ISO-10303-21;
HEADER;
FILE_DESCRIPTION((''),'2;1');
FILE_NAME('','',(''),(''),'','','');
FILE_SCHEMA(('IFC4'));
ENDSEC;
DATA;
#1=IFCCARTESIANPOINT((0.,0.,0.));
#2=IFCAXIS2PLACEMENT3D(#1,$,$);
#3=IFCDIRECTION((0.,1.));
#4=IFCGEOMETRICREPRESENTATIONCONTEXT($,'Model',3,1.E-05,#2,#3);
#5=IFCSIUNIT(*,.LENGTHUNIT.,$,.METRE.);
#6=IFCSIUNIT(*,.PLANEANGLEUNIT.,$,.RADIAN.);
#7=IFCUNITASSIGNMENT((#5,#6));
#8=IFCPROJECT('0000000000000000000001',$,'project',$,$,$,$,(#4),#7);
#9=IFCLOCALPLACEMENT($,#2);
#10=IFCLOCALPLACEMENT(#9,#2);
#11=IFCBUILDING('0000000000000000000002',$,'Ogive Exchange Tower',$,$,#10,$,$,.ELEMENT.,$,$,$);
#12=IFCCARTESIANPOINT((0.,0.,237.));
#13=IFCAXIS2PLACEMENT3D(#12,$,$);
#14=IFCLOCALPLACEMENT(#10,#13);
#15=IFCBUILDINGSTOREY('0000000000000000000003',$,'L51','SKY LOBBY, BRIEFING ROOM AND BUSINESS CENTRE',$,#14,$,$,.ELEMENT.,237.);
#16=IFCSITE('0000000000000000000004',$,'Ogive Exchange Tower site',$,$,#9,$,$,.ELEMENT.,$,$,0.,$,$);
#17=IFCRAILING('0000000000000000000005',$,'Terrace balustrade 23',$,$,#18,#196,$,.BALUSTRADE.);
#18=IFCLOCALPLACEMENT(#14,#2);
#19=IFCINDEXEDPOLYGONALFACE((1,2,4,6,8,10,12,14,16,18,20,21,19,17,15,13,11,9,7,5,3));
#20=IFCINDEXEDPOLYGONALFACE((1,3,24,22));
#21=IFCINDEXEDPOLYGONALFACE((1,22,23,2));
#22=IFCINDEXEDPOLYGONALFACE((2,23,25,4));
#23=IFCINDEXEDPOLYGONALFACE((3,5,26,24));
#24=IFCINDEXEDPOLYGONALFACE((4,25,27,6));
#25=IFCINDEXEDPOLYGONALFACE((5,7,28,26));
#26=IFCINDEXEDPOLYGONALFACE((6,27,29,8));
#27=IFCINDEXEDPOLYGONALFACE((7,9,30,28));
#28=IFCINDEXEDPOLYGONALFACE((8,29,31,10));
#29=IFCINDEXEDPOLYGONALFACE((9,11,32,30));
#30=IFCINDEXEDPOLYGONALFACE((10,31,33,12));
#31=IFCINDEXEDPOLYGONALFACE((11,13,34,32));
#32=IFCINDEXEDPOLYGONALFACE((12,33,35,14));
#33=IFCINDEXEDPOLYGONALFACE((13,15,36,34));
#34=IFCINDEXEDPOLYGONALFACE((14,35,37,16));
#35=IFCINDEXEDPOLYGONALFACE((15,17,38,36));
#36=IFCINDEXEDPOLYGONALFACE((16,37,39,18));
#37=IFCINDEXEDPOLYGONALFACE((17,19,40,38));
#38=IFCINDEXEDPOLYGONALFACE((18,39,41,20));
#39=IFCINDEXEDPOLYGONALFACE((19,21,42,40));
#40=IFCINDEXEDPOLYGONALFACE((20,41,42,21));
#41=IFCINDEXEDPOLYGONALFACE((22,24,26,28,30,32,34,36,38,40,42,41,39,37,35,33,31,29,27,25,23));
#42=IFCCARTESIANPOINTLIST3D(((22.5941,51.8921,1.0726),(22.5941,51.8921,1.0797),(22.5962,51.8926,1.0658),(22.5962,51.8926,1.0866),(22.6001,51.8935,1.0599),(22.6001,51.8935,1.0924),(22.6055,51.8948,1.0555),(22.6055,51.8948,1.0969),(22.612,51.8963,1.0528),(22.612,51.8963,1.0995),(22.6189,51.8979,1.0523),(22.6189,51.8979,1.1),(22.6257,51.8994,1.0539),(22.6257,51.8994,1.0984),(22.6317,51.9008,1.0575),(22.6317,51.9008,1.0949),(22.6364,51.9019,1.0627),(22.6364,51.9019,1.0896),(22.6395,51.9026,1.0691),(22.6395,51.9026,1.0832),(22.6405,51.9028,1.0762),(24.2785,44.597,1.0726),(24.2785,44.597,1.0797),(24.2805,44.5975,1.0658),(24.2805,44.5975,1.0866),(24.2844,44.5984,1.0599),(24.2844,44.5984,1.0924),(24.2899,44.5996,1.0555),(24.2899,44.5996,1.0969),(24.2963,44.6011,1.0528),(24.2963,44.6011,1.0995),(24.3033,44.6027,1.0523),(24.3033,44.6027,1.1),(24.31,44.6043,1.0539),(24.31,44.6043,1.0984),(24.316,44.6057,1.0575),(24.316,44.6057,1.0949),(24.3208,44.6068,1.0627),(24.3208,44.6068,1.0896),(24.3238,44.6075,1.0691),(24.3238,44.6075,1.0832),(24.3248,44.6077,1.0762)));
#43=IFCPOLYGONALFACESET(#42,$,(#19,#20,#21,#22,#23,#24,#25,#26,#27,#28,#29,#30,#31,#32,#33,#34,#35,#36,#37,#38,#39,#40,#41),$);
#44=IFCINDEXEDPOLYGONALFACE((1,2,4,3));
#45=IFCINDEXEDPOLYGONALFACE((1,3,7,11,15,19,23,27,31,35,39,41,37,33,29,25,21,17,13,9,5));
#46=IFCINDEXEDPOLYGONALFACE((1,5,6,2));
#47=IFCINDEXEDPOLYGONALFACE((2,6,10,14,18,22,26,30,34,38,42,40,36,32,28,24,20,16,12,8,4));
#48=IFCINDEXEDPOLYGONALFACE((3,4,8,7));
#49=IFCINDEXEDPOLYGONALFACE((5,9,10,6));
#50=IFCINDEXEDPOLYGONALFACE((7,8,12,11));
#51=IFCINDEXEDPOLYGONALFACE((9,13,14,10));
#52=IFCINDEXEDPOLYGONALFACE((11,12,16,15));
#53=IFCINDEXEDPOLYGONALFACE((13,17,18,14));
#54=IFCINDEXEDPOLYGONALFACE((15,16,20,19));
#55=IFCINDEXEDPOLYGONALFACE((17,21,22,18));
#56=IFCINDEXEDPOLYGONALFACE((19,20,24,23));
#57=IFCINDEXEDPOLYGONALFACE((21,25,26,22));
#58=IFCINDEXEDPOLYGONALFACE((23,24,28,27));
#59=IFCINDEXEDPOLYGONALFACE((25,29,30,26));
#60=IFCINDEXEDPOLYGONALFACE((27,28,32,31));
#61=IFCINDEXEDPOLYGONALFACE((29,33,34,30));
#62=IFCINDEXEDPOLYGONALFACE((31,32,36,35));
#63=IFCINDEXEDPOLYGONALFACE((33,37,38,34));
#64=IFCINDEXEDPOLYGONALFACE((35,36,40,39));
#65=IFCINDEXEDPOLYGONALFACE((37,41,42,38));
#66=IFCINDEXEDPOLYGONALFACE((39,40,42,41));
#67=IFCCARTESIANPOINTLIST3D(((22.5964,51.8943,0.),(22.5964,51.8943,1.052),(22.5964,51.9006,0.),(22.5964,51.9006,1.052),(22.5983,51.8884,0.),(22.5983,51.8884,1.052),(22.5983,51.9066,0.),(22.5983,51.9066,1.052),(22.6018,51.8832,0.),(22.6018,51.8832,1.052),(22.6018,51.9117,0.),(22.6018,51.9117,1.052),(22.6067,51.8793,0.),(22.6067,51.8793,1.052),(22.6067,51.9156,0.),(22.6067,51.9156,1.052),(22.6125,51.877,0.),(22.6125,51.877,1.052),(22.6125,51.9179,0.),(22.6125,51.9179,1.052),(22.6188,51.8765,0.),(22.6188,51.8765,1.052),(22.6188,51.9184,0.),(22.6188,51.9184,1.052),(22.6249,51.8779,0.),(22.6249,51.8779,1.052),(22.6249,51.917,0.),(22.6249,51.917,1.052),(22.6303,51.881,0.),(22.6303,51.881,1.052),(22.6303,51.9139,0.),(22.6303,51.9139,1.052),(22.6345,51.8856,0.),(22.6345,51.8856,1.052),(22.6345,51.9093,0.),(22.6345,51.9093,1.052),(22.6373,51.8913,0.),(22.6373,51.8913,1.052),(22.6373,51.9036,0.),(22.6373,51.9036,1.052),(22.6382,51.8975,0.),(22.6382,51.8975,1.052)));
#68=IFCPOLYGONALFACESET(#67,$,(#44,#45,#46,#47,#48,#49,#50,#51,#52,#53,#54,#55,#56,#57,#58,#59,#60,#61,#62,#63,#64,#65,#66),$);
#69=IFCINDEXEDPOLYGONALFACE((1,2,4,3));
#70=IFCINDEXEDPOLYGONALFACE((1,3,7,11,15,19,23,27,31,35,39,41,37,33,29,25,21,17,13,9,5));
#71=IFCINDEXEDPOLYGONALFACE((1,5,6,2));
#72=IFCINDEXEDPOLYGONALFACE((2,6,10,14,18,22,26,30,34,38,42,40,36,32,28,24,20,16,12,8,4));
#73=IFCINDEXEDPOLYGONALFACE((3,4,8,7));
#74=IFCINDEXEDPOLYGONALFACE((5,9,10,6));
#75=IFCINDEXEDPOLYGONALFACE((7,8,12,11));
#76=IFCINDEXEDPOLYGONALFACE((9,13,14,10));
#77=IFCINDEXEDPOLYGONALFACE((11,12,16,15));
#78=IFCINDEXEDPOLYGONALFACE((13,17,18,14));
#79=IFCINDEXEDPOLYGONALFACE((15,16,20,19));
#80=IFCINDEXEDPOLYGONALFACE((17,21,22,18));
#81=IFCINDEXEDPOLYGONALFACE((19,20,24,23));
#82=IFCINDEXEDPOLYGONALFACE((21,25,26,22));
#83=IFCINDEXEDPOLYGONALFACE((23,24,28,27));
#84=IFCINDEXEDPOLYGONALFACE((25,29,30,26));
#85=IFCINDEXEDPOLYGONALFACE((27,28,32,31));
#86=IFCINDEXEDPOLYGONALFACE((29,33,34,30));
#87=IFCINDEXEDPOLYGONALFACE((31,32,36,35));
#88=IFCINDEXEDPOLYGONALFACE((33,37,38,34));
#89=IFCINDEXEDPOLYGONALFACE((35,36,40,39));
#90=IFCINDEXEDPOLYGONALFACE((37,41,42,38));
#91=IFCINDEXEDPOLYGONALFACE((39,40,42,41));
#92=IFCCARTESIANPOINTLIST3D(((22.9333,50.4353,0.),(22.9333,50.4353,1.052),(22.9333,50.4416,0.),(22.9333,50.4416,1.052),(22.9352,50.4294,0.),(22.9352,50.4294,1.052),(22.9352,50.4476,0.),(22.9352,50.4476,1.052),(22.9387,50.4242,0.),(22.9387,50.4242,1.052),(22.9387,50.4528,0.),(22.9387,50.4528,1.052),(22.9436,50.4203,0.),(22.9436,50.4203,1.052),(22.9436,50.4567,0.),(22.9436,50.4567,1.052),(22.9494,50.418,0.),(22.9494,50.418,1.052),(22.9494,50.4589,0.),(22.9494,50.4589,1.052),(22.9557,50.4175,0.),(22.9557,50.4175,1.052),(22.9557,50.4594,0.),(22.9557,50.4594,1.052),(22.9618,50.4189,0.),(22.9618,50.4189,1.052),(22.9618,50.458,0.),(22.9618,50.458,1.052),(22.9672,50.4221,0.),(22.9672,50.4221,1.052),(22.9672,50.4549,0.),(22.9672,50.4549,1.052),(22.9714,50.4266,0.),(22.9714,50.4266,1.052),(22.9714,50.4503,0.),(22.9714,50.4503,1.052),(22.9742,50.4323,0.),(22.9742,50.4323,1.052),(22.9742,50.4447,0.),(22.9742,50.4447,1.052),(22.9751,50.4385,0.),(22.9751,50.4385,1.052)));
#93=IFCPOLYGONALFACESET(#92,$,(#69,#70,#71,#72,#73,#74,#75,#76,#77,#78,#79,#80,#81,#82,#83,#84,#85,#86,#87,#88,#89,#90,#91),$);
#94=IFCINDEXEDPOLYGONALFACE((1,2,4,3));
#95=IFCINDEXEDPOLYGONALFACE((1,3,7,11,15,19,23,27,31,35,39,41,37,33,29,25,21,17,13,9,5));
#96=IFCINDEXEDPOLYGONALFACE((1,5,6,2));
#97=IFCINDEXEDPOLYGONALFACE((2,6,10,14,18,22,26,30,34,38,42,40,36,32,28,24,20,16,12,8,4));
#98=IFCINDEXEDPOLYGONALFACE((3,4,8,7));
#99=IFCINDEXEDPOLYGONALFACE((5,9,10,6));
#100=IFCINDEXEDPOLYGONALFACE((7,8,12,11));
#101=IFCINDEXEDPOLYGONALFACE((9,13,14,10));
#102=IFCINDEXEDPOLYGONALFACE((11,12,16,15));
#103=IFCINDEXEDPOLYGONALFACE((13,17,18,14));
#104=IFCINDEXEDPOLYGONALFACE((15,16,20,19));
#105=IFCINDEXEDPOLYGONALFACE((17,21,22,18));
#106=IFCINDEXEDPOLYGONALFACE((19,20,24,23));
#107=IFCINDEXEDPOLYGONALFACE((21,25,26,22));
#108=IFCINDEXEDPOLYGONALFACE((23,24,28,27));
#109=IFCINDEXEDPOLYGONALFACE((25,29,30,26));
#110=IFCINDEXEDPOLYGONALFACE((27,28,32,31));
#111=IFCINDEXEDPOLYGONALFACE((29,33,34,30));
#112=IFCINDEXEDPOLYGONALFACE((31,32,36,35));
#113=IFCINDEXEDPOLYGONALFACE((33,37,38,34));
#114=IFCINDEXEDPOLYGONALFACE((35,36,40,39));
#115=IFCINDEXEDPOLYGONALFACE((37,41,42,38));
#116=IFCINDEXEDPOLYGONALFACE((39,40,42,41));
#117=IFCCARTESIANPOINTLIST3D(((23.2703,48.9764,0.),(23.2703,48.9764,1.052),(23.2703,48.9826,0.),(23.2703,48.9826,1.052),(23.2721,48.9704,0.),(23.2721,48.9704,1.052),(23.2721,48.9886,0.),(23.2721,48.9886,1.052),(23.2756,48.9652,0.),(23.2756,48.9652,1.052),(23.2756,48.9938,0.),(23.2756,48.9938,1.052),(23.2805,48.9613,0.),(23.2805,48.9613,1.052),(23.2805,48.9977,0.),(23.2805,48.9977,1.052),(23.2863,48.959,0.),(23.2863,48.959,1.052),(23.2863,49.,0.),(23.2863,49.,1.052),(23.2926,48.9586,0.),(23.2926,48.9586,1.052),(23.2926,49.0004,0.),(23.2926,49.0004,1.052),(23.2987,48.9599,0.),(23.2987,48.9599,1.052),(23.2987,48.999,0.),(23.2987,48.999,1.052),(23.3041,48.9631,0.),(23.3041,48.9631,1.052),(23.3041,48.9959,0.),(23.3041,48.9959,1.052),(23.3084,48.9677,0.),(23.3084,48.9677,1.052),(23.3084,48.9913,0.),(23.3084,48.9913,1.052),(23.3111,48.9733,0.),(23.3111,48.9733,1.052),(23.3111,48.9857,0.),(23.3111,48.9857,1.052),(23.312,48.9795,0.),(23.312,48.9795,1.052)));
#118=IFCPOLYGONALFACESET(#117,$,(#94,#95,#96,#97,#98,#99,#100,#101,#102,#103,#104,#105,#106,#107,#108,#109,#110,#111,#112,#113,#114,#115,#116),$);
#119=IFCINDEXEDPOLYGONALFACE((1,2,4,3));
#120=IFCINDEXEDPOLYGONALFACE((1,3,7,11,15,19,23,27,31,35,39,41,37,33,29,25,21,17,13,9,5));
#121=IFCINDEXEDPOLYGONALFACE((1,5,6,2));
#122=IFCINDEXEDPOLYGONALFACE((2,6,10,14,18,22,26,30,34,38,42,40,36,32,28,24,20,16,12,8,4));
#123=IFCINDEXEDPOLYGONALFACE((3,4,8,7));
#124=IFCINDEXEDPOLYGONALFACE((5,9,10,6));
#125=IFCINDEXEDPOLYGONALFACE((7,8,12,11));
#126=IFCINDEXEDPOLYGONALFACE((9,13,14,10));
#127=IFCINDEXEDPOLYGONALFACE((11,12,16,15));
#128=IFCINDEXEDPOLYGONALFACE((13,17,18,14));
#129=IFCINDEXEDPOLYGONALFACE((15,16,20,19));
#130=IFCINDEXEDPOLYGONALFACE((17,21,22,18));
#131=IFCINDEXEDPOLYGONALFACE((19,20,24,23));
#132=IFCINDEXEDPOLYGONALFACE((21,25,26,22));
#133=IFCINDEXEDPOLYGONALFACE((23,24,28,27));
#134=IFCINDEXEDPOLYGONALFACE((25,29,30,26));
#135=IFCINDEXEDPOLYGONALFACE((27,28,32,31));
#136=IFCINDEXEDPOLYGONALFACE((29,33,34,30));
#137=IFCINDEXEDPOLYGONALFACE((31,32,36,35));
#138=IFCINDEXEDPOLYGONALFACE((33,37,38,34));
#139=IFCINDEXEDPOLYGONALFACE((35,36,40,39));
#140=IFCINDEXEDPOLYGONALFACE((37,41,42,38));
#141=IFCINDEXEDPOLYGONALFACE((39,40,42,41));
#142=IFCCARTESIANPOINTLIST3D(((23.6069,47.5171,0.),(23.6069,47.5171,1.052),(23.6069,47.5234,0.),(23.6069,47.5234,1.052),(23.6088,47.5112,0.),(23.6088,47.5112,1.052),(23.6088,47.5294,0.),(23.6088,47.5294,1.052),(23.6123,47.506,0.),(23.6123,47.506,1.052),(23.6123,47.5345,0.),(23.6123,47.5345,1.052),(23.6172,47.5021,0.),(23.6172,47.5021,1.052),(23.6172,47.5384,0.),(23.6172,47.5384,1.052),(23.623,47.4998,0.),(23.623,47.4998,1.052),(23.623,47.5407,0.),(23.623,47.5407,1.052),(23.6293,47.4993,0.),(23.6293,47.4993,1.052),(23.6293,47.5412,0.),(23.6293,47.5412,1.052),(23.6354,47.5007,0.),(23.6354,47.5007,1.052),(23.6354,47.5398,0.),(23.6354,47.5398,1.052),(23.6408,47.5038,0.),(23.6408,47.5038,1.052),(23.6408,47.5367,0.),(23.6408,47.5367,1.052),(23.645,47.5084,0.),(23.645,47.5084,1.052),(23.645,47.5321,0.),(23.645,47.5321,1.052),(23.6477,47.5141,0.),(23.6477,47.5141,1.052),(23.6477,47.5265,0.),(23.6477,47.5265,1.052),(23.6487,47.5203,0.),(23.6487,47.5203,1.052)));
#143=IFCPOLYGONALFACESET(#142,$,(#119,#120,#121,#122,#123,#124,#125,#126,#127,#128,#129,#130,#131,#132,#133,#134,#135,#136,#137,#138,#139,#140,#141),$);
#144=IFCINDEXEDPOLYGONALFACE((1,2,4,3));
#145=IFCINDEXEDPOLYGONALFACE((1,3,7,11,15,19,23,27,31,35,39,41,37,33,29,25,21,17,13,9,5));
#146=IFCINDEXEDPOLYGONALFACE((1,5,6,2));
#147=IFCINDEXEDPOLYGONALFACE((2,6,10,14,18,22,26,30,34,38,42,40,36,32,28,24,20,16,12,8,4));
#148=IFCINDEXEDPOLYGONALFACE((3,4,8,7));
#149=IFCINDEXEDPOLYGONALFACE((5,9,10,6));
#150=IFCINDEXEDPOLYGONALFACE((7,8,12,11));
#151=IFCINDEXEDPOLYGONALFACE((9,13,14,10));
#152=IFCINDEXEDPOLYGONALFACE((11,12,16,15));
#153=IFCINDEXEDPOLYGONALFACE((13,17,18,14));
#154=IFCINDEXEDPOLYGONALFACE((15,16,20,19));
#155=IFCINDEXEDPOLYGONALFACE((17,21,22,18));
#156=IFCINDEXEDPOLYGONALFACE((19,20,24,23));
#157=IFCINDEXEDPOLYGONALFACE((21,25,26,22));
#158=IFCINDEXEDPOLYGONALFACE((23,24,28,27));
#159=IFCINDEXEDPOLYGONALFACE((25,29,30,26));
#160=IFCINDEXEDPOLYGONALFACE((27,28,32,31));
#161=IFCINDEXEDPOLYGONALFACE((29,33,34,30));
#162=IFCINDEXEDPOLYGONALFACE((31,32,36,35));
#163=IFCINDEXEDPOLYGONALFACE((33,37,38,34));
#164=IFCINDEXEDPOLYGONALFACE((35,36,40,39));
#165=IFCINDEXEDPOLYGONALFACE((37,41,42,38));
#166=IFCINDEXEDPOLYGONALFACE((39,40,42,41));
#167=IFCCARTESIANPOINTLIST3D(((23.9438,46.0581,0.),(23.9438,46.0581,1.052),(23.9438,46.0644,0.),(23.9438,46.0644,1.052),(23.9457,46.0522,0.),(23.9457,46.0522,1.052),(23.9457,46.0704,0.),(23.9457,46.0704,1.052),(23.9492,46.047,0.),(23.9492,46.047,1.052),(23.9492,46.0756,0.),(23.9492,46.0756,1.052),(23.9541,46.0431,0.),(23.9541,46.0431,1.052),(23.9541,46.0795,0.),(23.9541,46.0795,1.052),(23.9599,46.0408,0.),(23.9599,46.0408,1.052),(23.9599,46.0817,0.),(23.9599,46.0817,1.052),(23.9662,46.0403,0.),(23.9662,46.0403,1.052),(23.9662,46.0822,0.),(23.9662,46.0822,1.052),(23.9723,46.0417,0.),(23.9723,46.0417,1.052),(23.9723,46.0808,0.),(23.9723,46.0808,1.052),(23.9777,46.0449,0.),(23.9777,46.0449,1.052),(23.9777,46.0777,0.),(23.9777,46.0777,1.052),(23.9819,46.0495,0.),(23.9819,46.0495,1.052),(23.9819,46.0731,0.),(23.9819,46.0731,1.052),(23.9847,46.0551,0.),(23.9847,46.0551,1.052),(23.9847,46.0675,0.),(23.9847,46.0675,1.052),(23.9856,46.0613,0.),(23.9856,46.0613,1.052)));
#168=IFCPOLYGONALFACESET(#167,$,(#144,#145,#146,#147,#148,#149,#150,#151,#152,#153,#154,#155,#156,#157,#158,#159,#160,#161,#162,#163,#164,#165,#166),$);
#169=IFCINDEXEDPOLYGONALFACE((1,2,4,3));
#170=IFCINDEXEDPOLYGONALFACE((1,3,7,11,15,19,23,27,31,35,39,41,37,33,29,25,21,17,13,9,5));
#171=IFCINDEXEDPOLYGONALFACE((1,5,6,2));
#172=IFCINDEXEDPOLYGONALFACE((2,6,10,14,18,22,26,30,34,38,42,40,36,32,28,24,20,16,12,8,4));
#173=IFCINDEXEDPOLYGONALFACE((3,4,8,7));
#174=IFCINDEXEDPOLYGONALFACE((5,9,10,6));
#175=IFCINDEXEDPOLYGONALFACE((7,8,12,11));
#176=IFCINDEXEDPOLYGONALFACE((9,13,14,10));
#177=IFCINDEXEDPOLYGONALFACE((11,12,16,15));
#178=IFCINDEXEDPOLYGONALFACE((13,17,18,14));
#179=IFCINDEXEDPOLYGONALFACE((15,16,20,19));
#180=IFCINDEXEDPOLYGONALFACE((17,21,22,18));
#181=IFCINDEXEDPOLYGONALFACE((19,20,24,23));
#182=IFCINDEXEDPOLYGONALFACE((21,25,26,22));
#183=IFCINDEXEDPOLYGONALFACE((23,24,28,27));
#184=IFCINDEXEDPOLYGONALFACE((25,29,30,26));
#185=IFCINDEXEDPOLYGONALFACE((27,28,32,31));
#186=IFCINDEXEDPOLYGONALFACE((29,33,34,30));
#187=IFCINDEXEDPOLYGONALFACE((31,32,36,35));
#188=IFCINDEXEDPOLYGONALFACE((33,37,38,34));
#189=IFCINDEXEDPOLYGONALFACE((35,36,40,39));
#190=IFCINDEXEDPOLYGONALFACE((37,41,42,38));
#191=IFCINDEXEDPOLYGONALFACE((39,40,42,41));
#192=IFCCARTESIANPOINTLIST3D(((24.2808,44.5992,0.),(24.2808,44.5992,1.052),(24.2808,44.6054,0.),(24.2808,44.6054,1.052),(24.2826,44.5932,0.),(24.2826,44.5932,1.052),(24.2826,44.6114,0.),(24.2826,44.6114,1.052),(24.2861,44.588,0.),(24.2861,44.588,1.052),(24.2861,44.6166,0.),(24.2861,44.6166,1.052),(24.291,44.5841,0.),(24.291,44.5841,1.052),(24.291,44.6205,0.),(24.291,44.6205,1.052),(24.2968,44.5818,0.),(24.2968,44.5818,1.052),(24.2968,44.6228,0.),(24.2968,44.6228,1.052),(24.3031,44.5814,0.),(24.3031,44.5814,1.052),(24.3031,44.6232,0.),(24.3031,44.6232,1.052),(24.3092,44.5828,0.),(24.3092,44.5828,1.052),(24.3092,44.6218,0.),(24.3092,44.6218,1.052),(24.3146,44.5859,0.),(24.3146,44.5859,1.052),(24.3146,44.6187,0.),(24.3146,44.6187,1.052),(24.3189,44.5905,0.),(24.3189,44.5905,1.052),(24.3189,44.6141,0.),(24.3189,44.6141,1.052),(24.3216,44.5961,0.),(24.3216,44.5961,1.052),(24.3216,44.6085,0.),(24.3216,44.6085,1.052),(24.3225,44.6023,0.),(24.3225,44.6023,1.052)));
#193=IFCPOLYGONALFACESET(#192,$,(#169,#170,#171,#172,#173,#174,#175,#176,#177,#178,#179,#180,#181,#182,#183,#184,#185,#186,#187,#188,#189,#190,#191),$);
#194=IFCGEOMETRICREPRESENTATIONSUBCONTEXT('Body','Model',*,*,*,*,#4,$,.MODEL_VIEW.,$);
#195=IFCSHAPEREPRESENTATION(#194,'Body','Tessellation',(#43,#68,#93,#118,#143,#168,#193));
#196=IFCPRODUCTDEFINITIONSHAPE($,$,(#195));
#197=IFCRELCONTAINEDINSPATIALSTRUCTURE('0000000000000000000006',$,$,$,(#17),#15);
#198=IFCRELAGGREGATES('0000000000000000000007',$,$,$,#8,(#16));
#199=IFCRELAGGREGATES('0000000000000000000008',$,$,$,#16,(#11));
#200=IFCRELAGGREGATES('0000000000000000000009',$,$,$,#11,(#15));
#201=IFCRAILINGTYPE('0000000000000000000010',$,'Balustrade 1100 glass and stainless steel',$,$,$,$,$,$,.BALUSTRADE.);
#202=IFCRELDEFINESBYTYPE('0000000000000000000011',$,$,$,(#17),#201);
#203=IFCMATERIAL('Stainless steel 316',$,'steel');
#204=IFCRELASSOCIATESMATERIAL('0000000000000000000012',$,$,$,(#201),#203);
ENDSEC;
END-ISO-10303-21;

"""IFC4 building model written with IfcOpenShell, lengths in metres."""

from ifc_helpers import new_model, si_unit, direction, frame, origin, origin_2d, place, context, subcontext, project, spatial, circle, extrude, material, type_object, element, save


model = new_model("IFC4")

# Units and contexts
model_context = context("Model", 3, precision=1e-05, world=origin(), true_north=direction((0.0, 1.0)))
body_context = subcontext(model_context, "Body", "Model", "MODEL_VIEW")
ifc_project = project(units=[si_unit("LENGTHUNIT", "METRE"), si_unit("PLANEANGLEUNIT", "RADIAN")], contexts=[model_context])

# Site, building, storey
site_placement = place(None, origin())
site = spatial("IfcSite", under=ifc_project, at=site_placement, Name="Ogive Exchange Tower site", CompositionType="ELEMENT", RefElevation=0.0)
building_placement = place(site_placement, origin())
building = spatial("IfcBuilding", under=site, at=building_placement, Name="Ogive Exchange Tower", CompositionType="ELEMENT")
storey_placement = place(building_placement, frame((0.0, 0.0, 237.0)))
storey = spatial("IfcBuildingStorey", under=building, at=storey_placement, Name="L51", Description="SKY LOBBY, BRIEFING ROOM AND BUSINESS CENTRE", CompositionType="ELEMENT", Elevation=237.0)

# Railing
ifc_material_1 = material(Name="Stainless steel 316", Category="steel")
railing_type = type_object("IfcRailingType", Name="Balustrade 1100 glass and stainless steel", PredefinedType="BALUSTRADE", material=ifc_material_1)
railing_1_placement = place(storey_placement, frame((22.6172, 51.8975, 0.0)))
element("IfcRailing", 1, at=railing_1_placement, inside=storey, type_object=railing_type, Name="Terrace balustrade 23", PredefinedType="BALUSTRADE", context=body_context, shape_type="SweptSolid", body=[
    extrude(circle(Radius=0.0239, at=origin_2d()), frame((0.0, 0.0, 1.0762), z_axis=(0.224964, -0.974367, 0.0), x_axis=(0.974367, 0.224964, 0.0)), (0.0, 0.0, 1.0), 7.4871),
    extrude(circle(Radius=0.021, at=origin_2d()), origin(), (0.0, 0.0, 1.0), 1.052),
    extrude(circle(Radius=0.021, at=origin_2d()), frame((0.3369, -1.459, 0.0)), (0.0, 0.0, 1.0), 1.052),
    extrude(circle(Radius=0.021, at=origin_2d()), frame((0.6738, -2.918, 0.0)), (0.0, 0.0, 1.0), 1.052),
    extrude(circle(Radius=0.021, at=origin_2d()), frame((1.0105, -4.3772, 0.0)), (0.0, 0.0, 1.0), 1.052),
    extrude(circle(Radius=0.021, at=origin_2d()), frame((1.3474, -5.8362, 0.0)), (0.0, 0.0, 1.0), 1.052),
    extrude(circle(Radius=0.021, at=origin_2d()), frame((1.6843, -7.2952, 0.0)), (0.0, 0.0, 1.0), 1.052),
])

save(model, "model.ifc")
